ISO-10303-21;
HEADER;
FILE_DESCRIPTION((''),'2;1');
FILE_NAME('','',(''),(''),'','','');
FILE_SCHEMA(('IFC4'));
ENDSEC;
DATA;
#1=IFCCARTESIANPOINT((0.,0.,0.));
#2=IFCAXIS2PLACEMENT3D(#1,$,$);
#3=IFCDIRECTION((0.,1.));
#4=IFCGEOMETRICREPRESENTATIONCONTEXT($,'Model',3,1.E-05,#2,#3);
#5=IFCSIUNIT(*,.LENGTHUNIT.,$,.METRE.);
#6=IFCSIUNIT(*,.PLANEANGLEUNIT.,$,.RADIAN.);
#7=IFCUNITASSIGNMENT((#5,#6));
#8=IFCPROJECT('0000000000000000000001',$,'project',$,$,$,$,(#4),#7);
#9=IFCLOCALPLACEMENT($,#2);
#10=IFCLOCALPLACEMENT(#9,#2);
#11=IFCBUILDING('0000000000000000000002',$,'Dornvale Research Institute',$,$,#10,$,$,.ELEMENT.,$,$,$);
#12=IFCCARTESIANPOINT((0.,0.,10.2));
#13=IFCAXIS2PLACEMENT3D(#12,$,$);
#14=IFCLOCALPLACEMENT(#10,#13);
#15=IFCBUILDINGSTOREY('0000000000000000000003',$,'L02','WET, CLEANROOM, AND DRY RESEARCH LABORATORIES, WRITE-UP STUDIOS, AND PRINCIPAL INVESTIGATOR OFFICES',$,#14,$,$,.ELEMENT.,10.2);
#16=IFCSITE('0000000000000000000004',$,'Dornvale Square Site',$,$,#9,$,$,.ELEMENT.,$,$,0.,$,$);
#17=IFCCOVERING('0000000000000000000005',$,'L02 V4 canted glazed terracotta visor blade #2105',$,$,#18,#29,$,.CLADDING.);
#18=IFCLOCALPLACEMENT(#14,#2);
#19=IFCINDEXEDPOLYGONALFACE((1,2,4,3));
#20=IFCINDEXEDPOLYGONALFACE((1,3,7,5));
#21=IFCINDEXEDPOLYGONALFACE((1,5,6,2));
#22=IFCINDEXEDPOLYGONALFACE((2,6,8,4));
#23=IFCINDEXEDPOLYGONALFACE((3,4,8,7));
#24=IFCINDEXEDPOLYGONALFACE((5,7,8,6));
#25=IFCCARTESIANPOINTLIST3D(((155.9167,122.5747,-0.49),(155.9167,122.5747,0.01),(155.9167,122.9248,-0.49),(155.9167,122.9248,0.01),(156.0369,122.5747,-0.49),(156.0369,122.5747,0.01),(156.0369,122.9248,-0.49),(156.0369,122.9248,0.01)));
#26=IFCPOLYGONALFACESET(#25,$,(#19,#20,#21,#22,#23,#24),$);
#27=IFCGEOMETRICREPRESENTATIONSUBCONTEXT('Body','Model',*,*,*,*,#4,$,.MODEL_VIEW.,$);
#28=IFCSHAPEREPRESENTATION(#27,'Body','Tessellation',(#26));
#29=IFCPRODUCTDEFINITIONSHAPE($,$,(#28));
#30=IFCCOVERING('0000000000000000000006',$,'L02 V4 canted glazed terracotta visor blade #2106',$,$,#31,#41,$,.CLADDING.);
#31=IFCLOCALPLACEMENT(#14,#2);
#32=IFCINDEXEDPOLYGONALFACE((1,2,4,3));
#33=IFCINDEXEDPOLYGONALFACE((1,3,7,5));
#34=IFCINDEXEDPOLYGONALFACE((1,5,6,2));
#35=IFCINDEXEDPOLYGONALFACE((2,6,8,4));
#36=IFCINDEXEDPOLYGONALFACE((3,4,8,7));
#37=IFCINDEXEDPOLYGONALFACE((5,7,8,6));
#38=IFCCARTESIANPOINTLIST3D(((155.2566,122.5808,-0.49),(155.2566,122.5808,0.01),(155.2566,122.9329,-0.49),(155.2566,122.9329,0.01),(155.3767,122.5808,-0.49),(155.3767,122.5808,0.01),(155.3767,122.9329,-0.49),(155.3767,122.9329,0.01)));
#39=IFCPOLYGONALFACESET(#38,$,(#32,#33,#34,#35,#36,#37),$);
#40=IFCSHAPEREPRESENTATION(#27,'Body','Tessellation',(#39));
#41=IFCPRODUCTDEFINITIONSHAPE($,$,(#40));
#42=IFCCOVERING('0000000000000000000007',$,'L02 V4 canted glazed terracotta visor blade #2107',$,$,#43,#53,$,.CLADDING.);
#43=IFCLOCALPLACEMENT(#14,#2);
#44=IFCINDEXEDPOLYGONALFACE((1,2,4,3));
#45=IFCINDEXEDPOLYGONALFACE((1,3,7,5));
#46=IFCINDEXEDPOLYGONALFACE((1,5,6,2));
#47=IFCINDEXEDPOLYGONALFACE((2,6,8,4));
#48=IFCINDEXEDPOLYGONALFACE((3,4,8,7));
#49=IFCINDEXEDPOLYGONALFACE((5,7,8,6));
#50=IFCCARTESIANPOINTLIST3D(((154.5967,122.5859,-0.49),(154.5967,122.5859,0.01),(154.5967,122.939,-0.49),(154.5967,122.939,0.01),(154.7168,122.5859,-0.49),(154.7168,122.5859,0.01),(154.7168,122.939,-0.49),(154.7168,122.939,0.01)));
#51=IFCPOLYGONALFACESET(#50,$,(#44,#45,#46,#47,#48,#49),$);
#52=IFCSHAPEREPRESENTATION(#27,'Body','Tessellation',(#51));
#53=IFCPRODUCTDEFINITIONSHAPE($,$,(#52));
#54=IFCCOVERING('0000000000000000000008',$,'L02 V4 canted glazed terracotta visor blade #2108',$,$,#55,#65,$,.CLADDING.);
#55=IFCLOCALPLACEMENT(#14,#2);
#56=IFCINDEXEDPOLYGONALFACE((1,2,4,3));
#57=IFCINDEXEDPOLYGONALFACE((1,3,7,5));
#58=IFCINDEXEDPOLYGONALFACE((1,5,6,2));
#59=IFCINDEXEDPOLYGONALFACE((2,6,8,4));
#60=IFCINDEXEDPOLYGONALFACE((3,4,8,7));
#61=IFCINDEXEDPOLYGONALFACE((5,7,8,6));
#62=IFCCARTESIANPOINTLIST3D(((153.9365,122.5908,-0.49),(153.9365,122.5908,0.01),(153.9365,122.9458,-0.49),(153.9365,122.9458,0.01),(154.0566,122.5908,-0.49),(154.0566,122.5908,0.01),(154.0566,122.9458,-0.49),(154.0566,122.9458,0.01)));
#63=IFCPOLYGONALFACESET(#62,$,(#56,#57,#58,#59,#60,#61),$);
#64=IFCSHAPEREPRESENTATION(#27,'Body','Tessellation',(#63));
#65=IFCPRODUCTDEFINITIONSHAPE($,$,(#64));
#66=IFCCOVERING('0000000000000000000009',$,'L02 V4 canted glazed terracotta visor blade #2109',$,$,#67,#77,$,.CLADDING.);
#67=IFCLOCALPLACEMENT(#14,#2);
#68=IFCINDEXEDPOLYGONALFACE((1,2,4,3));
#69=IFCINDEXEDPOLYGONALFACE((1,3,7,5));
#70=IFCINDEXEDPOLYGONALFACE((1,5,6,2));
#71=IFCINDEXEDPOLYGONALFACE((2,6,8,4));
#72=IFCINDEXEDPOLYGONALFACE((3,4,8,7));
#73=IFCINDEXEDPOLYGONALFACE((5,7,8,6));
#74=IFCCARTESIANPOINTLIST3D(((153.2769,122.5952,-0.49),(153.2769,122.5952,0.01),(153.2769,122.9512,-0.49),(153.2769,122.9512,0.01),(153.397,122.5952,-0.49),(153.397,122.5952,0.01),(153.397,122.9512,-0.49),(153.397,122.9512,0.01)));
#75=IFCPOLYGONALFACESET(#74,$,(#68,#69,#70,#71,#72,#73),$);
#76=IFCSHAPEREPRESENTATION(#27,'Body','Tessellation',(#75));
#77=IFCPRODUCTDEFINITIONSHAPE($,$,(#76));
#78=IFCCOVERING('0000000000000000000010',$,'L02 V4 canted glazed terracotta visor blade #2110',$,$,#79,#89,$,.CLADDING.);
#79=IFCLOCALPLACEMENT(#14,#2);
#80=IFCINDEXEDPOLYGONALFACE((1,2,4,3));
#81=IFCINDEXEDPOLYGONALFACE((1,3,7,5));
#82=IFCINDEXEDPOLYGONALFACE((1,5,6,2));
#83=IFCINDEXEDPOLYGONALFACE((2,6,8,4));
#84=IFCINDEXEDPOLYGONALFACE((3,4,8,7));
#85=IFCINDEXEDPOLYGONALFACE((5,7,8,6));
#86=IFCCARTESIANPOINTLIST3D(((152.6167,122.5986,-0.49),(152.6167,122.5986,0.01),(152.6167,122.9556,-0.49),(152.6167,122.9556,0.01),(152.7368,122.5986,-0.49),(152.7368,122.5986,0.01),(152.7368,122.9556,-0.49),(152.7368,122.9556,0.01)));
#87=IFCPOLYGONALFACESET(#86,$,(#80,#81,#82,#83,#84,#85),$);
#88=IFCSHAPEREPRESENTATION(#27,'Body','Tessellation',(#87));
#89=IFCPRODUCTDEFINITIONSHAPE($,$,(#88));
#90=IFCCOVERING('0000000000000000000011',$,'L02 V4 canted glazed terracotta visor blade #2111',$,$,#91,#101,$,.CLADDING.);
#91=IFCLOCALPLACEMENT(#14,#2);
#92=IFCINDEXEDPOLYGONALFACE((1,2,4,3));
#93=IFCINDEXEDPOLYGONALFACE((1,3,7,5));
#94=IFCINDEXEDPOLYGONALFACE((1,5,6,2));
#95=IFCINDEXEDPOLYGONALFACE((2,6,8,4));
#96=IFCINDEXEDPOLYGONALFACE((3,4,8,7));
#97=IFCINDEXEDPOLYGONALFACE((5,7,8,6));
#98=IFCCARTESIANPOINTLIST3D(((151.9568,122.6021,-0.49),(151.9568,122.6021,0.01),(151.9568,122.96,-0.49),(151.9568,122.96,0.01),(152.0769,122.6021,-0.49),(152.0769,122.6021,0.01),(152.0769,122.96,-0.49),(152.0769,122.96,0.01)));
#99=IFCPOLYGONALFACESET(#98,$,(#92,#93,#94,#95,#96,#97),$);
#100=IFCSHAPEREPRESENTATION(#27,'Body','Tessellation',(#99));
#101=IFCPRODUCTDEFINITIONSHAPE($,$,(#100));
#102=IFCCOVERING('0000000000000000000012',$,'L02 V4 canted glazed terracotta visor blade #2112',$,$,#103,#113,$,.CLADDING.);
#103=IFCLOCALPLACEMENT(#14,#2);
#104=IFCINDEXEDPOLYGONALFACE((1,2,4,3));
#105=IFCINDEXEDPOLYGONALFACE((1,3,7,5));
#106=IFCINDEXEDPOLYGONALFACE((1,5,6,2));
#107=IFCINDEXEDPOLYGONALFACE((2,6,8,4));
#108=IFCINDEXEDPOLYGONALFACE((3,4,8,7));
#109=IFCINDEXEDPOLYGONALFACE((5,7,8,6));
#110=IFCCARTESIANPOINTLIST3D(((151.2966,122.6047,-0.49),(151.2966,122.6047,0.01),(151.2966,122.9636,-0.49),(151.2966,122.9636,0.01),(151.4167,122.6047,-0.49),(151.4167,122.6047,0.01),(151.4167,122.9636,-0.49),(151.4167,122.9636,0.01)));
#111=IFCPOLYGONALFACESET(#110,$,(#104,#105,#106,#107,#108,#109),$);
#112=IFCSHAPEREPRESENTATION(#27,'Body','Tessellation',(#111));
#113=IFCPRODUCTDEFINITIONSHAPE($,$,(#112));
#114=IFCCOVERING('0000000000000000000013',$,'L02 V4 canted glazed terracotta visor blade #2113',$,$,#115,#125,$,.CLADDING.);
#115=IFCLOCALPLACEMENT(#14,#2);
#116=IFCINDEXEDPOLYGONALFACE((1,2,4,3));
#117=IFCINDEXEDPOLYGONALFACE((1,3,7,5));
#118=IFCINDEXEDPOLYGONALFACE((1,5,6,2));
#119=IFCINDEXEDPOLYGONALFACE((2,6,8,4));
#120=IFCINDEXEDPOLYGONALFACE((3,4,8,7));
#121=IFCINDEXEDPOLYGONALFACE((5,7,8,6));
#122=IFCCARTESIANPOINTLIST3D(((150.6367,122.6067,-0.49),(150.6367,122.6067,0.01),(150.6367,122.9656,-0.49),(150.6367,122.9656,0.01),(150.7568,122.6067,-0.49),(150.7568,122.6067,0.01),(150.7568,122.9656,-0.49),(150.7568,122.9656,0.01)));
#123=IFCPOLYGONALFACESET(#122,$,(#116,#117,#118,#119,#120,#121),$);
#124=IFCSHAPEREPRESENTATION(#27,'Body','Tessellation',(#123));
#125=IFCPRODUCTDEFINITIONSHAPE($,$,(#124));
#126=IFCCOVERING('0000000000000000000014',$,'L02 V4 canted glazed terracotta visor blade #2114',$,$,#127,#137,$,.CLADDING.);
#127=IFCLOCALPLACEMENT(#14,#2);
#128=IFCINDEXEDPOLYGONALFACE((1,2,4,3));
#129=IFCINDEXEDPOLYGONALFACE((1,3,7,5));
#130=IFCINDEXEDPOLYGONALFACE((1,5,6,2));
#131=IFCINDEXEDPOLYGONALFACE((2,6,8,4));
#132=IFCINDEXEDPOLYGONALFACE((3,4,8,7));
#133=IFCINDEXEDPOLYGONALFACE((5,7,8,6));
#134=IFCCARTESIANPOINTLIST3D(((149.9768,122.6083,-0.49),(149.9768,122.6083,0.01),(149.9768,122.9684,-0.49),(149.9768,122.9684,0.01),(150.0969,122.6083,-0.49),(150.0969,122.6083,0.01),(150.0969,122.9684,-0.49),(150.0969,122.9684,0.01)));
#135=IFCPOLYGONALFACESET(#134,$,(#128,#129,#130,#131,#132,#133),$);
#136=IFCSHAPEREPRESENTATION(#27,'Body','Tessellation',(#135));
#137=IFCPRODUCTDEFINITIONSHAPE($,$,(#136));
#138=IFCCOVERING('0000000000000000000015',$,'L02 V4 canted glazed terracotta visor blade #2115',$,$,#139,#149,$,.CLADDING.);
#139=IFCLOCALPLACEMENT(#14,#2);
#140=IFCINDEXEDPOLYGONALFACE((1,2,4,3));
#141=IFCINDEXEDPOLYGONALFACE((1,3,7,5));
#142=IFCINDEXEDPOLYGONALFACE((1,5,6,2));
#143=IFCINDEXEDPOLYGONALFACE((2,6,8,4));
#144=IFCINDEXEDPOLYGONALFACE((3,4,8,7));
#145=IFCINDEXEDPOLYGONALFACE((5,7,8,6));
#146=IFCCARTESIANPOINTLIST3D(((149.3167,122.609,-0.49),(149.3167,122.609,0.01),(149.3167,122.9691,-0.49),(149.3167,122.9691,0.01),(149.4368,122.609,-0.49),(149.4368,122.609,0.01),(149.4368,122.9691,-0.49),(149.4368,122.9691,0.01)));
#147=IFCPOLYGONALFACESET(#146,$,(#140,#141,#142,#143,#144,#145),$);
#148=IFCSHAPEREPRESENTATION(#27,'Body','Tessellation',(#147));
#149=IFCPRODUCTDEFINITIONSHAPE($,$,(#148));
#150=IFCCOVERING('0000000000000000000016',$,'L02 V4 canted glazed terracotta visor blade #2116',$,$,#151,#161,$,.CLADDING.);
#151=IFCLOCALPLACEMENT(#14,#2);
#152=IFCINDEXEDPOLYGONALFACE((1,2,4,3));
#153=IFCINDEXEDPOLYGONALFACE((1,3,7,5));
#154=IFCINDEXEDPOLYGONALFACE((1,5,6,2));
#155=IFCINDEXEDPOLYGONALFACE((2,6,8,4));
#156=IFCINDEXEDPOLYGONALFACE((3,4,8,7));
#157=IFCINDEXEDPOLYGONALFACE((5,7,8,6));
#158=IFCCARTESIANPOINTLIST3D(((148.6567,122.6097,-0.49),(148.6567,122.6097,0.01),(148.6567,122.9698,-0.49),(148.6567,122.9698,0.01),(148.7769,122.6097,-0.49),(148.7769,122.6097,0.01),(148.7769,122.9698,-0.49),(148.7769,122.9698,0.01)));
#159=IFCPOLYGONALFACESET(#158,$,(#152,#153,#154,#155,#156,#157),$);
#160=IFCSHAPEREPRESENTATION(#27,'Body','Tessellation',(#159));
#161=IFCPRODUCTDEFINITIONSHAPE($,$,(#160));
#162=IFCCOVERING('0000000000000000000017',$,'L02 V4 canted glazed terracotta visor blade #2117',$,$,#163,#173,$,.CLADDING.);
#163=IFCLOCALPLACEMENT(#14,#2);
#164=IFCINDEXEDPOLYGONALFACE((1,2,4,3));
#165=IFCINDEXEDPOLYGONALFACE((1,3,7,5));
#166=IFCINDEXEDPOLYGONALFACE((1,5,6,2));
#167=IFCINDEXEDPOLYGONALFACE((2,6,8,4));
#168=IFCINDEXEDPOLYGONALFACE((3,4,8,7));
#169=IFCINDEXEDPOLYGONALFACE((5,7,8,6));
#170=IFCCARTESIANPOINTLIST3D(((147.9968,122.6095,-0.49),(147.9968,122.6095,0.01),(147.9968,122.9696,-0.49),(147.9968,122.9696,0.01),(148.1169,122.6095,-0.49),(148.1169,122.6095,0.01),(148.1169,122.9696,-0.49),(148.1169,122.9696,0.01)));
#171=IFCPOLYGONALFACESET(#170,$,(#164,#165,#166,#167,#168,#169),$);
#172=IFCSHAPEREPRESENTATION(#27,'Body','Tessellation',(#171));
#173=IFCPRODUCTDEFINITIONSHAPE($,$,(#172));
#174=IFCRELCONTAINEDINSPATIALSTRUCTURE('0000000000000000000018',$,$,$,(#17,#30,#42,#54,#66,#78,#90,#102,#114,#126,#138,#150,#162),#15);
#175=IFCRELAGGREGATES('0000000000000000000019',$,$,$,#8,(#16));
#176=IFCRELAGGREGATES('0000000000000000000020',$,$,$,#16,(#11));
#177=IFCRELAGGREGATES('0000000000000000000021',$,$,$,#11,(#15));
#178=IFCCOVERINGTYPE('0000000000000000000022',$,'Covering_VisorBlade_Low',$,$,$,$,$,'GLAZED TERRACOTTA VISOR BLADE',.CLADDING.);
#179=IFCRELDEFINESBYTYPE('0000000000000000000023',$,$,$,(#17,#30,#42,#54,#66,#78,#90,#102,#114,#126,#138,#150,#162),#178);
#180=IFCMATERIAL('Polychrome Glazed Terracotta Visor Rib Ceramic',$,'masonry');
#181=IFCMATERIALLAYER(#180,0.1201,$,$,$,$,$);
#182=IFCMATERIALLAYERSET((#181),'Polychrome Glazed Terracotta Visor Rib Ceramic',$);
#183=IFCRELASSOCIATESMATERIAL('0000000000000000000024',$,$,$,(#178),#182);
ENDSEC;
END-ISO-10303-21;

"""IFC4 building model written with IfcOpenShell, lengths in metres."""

from ifc_helpers import new_model, si_unit, direction, frame, origin, origin_2d, place, context, subcontext, project, spatial, rectangle, extrude, material, layer, layer_set, type_object, element, save


model = new_model("IFC4")

# Units and contexts
model_context = context("Model", 3, precision=1e-05, world=origin(), true_north=direction((0.0, 1.0)))
body_context = subcontext(model_context, "Body", "Model", "MODEL_VIEW")
ifc_project = project(units=[si_unit("LENGTHUNIT", "METRE"), si_unit("PLANEANGLEUNIT", "RADIAN")], contexts=[model_context])

# Site, building, storey
site_placement = place(None, origin())
site = spatial("IfcSite", under=ifc_project, at=site_placement, Name="Dornvale Square Site", CompositionType="ELEMENT", RefElevation=0.0)
building_placement = place(site_placement, origin())
building = spatial("IfcBuilding", under=site, at=building_placement, Name="Dornvale Research Institute", CompositionType="ELEMENT")
storey_placement = place(building_placement, frame((0.0, 0.0, 10.2)))
storey = spatial("IfcBuildingStorey", under=building, at=storey_placement, Name="L02", Description="WET, CLEANROOM, AND DRY RESEARCH LABORATORIES, WRITE-UP STUDIOS, AND PRINCIPAL INVESTIGATOR OFFICES", CompositionType="ELEMENT", Elevation=10.2)

# Coverings
ifc_material_1 = material(Name="Polychrome Glazed Terracotta Visor Rib Ceramic", Category="masonry")
ifc_layer_1 = layer(ifc_material_1, 0.1201)
ifc_layer_set_1 = layer_set([ifc_layer_1], Name="Polychrome Glazed Terracotta Visor Rib Ceramic")
covering_type = type_object("IfcCoveringType", Name="Covering_VisorBlade_Low", ElementType="GLAZED TERRACOTTA VISOR BLADE", PredefinedType="CLADDING", material=ifc_layer_set_1)
covering_1_placement = place(storey_placement, frame((155.9768, 122.7498, -0.49), z_axis=(0.0, 0.0, 1.0), x_axis=(0.0, 1.0, 0.0)))
element("IfcCovering", 1, at=covering_1_placement, inside=storey, type_object=covering_type, Name="L02 V4 canted glazed terracotta visor blade #2105", PredefinedType="CLADDING", context=body_context, shape_type="SweptSolid", body=[
    extrude(rectangle(XDim=0.3501, YDim=0.1201, at=origin_2d()), origin(), (0.0, 0.0, 1.0), 0.5),
])
covering_2_placement = place(storey_placement, frame((155.3167, 122.7568, -0.49), z_axis=(0.0, 0.0, 1.0), x_axis=(0.0, 1.0, 0.0)))
element("IfcCovering", 2, at=covering_2_placement, inside=storey, type_object=covering_type, Name="L02 V4 canted glazed terracotta visor blade #2106", PredefinedType="CLADDING", context=body_context, shape_type="SweptSolid", body=[
    extrude(rectangle(XDim=0.3521, YDim=0.1201, at=origin_2d()), origin(), (0.0, 0.0, 1.0), 0.5),
])
covering_3_placement = place(storey_placement, frame((154.6567, 122.7625, -0.49), z_axis=(0.0, 0.0, 1.0), x_axis=(0.0, 1.0, 0.0)))
element("IfcCovering", 3, at=covering_3_placement, inside=storey, type_object=covering_type, Name="L02 V4 canted glazed terracotta visor blade #2107", PredefinedType="CLADDING", context=body_context, shape_type="SweptSolid", body=[
    extrude(rectangle(XDim=0.353, YDim=0.1201, at=origin_2d()), origin(), (0.0, 0.0, 1.0), 0.5),
])
covering_4_placement = place(storey_placement, frame((153.9966, 122.7683, -0.49), z_axis=(0.0, 0.0, 1.0), x_axis=(0.0, 1.0, 0.0)))
element("IfcCovering", 4, at=covering_4_placement, inside=storey, type_object=covering_type, Name="L02 V4 canted glazed terracotta visor blade #2108", PredefinedType="CLADDING", context=body_context, shape_type="SweptSolid", body=[
    extrude(rectangle(XDim=0.355, YDim=0.1201, at=origin_2d()), origin(), (0.0, 0.0, 1.0), 0.5),
])
covering_5_placement = place(storey_placement, frame((153.3369, 122.7732, -0.49), z_axis=(0.0, 0.0, 1.0), x_axis=(0.0, 1.0, 0.0)))
element("IfcCovering", 5, at=covering_5_placement, inside=storey, type_object=covering_type, Name="L02 V4 canted glazed terracotta visor blade #2109", PredefinedType="CLADDING", context=body_context, shape_type="SweptSolid", body=[
    extrude(rectangle(XDim=0.356, YDim=0.1201, at=origin_2d()), origin(), (0.0, 0.0, 1.0), 0.5),
])
covering_6_placement = place(storey_placement, frame((152.6768, 122.7771, -0.49), z_axis=(0.0, 0.0, 1.0), x_axis=(0.0, 1.0, 0.0)))
element("IfcCovering", 6, at=covering_6_placement, inside=storey, type_object=covering_type, Name="L02 V4 canted glazed terracotta visor blade #2110", PredefinedType="CLADDING", context=body_context, shape_type="SweptSolid", body=[
    extrude(rectangle(XDim=0.3569, YDim=0.1201, at=origin_2d()), origin(), (0.0, 0.0, 1.0), 0.5),
])
covering_7_placement = place(storey_placement, frame((152.0168, 122.781, -0.49), z_axis=(0.0, 0.0, 1.0), x_axis=(0.0, 1.0, 0.0)))
element("IfcCovering", 7, at=covering_7_placement, inside=storey, type_object=covering_type, Name="L02 V4 canted glazed terracotta visor blade #2111", PredefinedType="CLADDING", context=body_context, shape_type="SweptSolid", body=[
    extrude(rectangle(XDim=0.3579, YDim=0.1201, at=origin_2d()), origin(), (0.0, 0.0, 1.0), 0.5),
])
for number, where, z_axis, x_axis, name in (
    (8, (151.3567, 122.7842, -0.49), (0.0, 0.0, 1.0), (0.0, 1.0, 0.0), "L02 V4 canted glazed terracotta visor blade #2112"),
    (9, (150.6968, 122.7861, -0.49), (0.0, 0.0, 1.0), (0.0, 1.0, 0.0), "L02 V4 canted glazed terracotta visor blade #2113"),
):
    element("IfcCovering", number, at=place(storey_placement, frame(where, z_axis=z_axis, x_axis=x_axis)), inside=storey, type_object=covering_type, Name=name, PredefinedType="CLADDING", context=body_context, shape_type="SweptSolid", body=[
        extrude(rectangle(XDim=0.3589, YDim=0.1201, at=origin_2d()), origin(), (0.0, 0.0, 1.0), 0.5),
    ])
for number, where, z_axis, x_axis, name in (
    (10, (150.0369, 122.7883, -0.49), (0.0, 0.0, 1.0), (0.0, 1.0, 0.0), "L02 V4 canted glazed terracotta visor blade #2114"),
    (11, (149.3767, 122.7891, -0.49), (0.0, 0.0, 1.0), (0.0, 1.0, 0.0), "L02 V4 canted glazed terracotta visor blade #2115"),
    (12, (148.7168, 122.7898, -0.49), (0.0, 0.0, 1.0), (0.0, 1.0, 0.0), "L02 V4 canted glazed terracotta visor blade #2116"),
    (13, (148.0569, 122.7896, -0.49), (0.0, 0.0, 1.0), (0.0, 1.0, 0.0), "L02 V4 canted glazed terracotta visor blade #2117"),
):
    element("IfcCovering", number, at=place(storey_placement, frame(where, z_axis=z_axis, x_axis=x_axis)), inside=storey, type_object=covering_type, Name=name, PredefinedType="CLADDING", context=body_context, shape_type="SweptSolid", body=[
        extrude(rectangle(XDim=0.3601, YDim=0.1201, at=origin_2d()), origin(), (0.0, 0.0, 1.0), 0.5),
    ])

save(model, "model.ifc")
